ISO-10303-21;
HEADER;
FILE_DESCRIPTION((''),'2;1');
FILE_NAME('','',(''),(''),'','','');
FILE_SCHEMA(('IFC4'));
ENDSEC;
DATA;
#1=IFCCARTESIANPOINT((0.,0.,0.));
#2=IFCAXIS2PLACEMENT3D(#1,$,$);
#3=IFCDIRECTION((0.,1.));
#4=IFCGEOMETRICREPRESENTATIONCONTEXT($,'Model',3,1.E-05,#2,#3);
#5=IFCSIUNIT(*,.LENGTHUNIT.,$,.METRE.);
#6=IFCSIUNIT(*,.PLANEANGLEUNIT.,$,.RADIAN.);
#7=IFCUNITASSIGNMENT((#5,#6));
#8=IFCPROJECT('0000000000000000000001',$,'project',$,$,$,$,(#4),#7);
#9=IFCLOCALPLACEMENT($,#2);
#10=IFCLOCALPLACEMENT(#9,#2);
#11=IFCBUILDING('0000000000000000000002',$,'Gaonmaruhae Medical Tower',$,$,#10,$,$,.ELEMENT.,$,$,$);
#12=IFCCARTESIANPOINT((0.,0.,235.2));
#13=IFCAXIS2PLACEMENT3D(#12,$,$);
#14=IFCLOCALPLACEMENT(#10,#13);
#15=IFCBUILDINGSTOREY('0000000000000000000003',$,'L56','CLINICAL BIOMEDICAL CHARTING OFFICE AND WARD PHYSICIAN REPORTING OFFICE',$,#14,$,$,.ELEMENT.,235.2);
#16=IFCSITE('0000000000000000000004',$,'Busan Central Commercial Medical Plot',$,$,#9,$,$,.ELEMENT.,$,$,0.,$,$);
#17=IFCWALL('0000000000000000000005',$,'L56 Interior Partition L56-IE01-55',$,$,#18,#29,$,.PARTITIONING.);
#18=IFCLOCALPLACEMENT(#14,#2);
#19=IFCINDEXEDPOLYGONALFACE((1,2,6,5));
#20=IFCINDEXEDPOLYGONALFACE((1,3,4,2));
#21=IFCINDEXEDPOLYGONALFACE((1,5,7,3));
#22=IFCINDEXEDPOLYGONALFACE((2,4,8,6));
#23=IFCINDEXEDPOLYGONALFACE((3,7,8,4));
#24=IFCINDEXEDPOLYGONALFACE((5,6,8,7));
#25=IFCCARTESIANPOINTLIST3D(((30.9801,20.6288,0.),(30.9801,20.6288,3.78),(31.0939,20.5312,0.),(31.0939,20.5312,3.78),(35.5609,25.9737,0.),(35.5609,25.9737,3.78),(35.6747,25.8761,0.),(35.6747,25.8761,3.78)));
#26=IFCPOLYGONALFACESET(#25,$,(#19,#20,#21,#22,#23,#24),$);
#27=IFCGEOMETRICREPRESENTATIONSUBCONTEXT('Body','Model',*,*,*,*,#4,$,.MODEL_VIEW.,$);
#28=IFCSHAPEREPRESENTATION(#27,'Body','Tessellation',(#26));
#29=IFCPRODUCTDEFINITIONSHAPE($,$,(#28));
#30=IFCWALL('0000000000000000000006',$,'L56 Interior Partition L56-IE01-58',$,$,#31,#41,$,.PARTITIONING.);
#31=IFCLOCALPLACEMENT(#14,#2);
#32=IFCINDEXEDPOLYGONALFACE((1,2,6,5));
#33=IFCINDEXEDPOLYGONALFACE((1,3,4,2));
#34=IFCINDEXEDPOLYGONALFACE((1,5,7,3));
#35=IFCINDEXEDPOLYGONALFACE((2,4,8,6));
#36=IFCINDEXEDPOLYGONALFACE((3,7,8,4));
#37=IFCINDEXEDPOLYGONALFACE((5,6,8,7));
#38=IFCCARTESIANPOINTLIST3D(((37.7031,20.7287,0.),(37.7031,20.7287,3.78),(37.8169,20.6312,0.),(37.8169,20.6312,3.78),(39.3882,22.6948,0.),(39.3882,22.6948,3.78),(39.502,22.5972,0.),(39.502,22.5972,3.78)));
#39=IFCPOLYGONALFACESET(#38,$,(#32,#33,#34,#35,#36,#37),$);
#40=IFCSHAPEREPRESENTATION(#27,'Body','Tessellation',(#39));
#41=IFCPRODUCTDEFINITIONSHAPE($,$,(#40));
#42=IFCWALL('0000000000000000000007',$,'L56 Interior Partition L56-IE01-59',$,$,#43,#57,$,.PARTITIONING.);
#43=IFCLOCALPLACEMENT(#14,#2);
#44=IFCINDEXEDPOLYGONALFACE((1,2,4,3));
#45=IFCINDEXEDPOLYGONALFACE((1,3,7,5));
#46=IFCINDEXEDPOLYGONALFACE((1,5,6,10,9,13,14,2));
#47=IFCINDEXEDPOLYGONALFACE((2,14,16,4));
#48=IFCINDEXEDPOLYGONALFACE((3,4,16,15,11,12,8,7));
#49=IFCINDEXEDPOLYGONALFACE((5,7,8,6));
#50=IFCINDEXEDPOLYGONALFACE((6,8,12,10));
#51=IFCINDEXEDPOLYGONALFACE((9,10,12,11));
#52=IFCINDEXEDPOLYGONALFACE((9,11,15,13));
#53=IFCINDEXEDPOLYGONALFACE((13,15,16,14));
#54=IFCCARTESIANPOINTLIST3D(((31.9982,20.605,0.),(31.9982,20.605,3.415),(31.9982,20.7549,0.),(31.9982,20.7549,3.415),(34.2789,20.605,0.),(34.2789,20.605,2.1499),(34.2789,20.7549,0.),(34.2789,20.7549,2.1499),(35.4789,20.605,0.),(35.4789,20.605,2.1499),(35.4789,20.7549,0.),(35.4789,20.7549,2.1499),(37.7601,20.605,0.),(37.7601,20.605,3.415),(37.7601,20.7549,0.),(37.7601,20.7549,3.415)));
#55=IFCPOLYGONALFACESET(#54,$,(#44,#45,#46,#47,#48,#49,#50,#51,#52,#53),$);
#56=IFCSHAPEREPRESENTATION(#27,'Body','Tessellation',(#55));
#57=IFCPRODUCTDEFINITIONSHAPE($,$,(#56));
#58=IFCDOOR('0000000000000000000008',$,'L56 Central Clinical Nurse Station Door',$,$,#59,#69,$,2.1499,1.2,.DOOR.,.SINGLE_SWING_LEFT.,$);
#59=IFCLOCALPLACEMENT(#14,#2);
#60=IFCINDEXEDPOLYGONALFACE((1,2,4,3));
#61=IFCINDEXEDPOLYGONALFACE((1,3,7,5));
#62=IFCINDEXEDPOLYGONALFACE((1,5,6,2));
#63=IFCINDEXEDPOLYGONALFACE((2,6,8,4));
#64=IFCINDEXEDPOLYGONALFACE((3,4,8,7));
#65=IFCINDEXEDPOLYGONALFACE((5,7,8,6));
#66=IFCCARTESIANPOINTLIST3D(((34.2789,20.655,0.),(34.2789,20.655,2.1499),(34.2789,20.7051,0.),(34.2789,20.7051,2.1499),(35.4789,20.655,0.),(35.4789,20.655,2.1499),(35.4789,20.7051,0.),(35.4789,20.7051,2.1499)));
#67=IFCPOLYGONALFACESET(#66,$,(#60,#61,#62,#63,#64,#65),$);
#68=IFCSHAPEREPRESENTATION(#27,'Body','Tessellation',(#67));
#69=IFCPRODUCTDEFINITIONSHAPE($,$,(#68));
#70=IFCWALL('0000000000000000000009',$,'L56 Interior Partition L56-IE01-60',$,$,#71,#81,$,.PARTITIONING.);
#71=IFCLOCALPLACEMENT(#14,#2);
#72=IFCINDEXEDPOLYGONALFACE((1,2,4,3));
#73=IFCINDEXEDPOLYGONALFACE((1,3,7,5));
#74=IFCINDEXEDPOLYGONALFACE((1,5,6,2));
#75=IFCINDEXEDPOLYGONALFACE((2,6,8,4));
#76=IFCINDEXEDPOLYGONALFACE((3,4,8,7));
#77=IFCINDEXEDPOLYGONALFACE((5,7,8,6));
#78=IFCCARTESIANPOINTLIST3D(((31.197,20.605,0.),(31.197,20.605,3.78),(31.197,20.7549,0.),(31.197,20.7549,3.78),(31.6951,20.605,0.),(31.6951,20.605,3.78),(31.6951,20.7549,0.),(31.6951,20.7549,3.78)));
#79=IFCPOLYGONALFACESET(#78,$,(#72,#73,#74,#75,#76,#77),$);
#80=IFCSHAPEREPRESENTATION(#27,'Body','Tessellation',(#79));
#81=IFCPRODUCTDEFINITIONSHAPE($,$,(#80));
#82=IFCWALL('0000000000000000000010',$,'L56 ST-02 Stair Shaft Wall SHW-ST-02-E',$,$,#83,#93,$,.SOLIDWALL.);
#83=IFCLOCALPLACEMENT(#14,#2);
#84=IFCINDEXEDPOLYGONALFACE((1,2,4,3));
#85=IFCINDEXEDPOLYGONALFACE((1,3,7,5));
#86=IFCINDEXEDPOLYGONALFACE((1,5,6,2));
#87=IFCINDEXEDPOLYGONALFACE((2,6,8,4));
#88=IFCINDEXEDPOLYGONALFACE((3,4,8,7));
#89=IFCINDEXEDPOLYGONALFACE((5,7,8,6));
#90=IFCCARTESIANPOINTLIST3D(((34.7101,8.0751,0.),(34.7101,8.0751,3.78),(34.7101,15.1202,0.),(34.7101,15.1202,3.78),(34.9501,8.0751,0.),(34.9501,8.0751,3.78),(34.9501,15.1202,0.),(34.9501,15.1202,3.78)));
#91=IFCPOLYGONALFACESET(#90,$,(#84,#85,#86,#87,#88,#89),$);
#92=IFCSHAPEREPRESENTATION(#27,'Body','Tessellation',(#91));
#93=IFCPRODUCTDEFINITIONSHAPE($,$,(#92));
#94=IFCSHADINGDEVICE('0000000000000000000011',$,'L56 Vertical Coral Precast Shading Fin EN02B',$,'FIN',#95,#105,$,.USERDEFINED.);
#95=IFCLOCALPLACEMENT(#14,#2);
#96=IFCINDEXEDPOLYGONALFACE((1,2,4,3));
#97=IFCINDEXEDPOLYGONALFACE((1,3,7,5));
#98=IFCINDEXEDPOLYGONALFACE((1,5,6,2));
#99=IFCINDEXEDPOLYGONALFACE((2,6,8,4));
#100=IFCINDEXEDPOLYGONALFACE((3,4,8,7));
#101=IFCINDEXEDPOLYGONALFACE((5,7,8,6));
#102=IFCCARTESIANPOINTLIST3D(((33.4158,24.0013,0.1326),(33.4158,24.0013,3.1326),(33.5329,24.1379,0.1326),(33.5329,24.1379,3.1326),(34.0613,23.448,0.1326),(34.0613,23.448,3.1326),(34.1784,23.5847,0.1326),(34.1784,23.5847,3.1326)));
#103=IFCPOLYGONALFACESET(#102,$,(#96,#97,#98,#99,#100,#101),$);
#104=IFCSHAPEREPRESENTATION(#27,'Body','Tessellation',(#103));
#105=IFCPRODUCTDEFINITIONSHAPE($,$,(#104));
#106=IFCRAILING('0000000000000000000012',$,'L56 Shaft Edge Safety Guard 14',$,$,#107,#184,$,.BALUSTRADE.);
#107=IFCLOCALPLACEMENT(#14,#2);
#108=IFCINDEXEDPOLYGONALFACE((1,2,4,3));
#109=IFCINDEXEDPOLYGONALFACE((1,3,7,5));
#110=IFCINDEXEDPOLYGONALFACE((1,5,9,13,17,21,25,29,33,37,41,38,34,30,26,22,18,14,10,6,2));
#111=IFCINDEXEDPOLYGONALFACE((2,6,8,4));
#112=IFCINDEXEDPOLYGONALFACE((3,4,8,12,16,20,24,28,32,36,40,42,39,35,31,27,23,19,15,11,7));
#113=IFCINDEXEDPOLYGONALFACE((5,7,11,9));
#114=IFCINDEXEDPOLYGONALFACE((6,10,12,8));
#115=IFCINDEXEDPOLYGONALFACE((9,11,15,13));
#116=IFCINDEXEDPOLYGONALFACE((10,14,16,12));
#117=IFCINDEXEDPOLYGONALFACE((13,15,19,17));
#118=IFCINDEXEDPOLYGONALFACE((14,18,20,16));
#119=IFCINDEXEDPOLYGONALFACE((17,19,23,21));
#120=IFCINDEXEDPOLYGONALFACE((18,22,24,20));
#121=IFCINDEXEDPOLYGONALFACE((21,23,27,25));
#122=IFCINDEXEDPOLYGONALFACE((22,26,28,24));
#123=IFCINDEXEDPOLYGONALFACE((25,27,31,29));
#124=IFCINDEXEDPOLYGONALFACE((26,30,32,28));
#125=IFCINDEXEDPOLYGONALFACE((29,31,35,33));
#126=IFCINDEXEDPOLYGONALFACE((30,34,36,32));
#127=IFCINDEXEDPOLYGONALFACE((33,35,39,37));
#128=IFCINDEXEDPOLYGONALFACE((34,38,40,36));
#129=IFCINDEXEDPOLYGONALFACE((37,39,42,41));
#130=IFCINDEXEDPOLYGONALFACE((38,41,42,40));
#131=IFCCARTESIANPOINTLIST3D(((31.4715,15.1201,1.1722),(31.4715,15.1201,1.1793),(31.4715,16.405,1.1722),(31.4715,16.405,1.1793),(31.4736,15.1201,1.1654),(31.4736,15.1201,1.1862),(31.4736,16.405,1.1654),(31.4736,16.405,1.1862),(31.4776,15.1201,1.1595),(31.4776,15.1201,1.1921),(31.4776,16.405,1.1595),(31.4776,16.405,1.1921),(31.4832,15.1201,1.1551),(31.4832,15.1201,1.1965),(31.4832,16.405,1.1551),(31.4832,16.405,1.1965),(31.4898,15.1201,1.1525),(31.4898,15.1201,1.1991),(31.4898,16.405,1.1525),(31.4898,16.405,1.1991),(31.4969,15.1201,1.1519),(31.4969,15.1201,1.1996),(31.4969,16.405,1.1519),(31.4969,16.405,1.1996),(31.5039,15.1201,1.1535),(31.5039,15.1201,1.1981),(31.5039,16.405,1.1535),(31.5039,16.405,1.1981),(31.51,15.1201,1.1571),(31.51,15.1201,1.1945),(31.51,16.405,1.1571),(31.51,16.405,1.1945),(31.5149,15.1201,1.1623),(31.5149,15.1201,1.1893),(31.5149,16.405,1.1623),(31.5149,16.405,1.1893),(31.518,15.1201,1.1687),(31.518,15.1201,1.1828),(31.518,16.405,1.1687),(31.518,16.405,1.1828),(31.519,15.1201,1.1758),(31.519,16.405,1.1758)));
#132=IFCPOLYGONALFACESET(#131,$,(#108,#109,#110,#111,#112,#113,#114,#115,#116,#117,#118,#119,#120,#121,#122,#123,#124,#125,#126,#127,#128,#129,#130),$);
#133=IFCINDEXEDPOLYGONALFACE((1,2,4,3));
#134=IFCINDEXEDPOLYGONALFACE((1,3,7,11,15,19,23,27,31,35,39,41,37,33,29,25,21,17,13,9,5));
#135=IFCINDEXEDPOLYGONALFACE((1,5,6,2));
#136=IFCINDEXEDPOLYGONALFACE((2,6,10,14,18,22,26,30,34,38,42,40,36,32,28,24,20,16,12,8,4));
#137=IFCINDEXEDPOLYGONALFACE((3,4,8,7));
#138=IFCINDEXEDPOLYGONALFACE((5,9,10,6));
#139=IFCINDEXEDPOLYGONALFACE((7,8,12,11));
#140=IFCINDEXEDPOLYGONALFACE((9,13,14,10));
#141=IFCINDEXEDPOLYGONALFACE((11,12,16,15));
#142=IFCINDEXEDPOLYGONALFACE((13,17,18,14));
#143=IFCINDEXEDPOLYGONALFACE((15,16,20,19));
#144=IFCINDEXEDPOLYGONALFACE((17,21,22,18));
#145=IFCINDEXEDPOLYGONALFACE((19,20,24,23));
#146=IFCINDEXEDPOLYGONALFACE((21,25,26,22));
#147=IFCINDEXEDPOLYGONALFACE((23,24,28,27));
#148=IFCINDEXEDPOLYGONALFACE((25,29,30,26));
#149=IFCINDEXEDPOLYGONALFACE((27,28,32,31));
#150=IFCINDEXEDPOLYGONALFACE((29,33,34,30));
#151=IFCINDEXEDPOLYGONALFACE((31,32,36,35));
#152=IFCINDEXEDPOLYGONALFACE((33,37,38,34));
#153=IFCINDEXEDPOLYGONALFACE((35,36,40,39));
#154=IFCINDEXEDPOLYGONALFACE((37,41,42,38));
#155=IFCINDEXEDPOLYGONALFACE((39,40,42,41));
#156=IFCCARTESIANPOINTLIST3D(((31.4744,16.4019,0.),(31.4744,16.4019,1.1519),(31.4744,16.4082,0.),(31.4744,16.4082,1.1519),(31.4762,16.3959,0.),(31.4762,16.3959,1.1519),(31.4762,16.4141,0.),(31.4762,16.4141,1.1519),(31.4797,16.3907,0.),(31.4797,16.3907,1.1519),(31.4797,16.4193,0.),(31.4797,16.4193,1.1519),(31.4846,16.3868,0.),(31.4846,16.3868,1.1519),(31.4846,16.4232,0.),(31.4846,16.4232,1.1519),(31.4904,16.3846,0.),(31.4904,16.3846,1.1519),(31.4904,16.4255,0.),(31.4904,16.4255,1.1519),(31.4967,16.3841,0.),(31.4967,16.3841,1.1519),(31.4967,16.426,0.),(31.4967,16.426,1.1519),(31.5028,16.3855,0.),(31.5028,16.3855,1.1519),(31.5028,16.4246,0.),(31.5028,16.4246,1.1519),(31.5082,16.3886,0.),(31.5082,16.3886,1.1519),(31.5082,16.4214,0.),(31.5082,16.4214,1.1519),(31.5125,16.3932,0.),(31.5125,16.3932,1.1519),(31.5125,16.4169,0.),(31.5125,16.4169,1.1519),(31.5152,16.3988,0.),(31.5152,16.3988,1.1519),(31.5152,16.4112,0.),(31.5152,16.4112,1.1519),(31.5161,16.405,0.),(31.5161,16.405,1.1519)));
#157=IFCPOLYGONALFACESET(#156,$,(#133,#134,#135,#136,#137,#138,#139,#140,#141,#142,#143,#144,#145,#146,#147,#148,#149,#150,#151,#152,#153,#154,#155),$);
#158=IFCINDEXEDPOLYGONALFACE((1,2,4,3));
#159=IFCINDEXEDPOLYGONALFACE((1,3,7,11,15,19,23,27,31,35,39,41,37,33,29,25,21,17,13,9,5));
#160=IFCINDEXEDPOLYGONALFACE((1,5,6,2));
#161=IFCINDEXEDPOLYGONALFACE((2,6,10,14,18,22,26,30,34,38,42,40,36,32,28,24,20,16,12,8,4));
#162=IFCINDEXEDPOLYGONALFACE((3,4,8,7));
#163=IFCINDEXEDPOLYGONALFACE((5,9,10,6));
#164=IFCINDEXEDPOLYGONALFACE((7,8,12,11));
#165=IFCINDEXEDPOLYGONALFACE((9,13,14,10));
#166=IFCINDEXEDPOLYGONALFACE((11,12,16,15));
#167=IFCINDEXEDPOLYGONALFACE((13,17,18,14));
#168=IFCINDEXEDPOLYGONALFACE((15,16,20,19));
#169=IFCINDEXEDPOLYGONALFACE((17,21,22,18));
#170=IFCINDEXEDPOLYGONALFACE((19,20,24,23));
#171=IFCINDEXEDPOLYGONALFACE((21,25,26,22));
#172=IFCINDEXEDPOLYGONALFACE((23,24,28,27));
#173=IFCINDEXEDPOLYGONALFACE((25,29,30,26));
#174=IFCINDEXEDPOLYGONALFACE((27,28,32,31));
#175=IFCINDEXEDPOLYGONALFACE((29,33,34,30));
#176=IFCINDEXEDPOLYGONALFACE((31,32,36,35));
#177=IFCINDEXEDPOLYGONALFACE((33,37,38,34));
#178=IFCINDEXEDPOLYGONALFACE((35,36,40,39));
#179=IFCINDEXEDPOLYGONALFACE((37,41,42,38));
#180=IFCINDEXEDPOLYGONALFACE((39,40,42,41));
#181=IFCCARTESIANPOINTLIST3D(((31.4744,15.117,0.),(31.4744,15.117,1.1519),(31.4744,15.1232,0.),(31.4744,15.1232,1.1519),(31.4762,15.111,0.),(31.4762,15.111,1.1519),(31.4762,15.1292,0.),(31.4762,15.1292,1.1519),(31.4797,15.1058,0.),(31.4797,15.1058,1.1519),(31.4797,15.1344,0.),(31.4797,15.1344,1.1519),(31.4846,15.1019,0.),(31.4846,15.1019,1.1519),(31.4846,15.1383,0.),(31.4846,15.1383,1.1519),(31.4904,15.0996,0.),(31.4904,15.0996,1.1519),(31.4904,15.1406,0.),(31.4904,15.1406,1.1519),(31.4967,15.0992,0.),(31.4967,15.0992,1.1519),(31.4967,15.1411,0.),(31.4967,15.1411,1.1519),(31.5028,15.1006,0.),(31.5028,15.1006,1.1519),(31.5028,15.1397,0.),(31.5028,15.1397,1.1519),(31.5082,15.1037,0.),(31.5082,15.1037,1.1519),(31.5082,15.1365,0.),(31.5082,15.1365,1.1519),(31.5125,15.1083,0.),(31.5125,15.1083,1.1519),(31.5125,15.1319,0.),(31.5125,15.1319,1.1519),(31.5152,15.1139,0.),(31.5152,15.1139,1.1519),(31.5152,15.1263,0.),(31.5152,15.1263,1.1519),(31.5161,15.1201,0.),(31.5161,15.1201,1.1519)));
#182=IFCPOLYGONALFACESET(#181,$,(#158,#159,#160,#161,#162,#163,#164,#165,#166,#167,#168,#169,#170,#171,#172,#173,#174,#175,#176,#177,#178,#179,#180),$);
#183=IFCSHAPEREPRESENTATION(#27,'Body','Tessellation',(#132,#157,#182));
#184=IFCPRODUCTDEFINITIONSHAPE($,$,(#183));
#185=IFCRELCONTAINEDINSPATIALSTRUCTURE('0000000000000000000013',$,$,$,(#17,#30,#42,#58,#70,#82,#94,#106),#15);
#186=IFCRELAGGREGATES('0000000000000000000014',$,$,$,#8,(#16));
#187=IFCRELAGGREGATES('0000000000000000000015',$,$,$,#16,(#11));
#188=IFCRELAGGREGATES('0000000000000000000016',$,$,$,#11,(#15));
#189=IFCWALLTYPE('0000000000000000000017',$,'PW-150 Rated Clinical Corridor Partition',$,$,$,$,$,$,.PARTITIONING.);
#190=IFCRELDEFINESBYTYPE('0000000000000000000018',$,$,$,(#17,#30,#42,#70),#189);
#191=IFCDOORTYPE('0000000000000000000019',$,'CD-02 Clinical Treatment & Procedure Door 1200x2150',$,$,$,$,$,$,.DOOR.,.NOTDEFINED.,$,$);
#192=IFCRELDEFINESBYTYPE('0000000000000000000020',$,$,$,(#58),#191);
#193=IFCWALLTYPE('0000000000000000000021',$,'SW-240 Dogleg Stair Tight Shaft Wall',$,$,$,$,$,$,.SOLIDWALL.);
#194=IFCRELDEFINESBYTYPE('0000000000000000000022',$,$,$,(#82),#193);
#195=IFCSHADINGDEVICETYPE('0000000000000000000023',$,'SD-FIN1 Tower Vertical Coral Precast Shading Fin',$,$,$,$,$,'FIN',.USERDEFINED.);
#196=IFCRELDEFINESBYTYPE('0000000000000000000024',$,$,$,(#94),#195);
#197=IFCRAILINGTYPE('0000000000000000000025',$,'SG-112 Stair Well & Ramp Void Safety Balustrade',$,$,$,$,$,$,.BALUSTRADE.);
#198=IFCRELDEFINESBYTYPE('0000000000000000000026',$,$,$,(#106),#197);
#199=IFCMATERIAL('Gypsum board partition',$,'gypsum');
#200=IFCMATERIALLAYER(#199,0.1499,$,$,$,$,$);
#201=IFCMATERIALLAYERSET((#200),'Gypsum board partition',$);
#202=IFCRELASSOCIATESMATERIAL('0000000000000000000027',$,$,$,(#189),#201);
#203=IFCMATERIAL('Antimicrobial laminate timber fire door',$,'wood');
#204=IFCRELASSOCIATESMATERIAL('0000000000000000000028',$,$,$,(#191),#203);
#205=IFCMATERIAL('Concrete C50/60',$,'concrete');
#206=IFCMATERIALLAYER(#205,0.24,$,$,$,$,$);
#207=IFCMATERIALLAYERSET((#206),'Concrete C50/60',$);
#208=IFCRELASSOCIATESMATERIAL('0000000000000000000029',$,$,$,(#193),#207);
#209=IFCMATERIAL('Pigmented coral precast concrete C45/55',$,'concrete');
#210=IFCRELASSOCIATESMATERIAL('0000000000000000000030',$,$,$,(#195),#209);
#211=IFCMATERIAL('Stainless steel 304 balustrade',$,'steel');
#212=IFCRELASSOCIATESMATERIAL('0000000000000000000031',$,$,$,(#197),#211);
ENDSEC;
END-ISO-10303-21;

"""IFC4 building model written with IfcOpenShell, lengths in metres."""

from ifc_helpers import new_model, si_unit, direction, frame, frame_2d, origin, origin_2d, place, context, subcontext, project, spatial, rectangle, circle, extrude, material, layer, layer_set, type_object, element, fill, save


model = new_model("IFC4")

# Units and contexts
model_context = context("Model", 3, precision=1e-05, world=origin(), true_north=direction((0.0, 1.0)))
body_context = subcontext(model_context, "Body", "Model", "MODEL_VIEW")
ifc_project = project(units=[si_unit("LENGTHUNIT", "METRE"), si_unit("PLANEANGLEUNIT", "RADIAN")], contexts=[model_context])

# Site, building, storey
site_placement = place(None, origin())
site = spatial("IfcSite", under=ifc_project, at=site_placement, Name="Busan Central Commercial Medical Plot", CompositionType="ELEMENT", RefElevation=0.0)
building_placement = place(site_placement, origin())
building = spatial("IfcBuilding", under=site, at=building_placement, Name="Gaonmaruhae Medical Tower", CompositionType="ELEMENT")
storey_placement = place(building_placement, frame((0.0, 0.0, 235.2)))
storey = spatial("IfcBuildingStorey", under=building, at=storey_placement, Name="L56", Description="CLINICAL BIOMEDICAL CHARTING OFFICE AND WARD PHYSICIAN REPORTING OFFICE", CompositionType="ELEMENT", Elevation=235.2)

# Shared definitions
ifc_material_1 = material(Name="Concrete C50/60", Category="concrete")

# Shared definitions
ifc_material_2 = material(Name="Gypsum board partition", Category="gypsum")
ifc_layer_1 = layer(ifc_material_2, 0.1499)
ifc_layer_set_1 = layer_set([ifc_layer_1], Name="Gypsum board partition")
wall_type_1 = type_object("IfcWallType", Name="PW-150 Rated Clinical Corridor Partition", PredefinedType="PARTITIONING", material=ifc_layer_set_1)

# Shared definitions
ifc_material_3 = material(Name="Antimicrobial laminate timber fire door", Category="wood")
door_type_1 = type_object("IfcDoorType", Name="CD-02 Clinical Treatment & Procedure Door 1200x2150", OperationType="NOTDEFINED", PredefinedType="DOOR", material=ifc_material_3)

# Walls
wall_1_placement = place(storey_placement, frame((31.0371, 20.5801, 0.0), z_axis=(0.0, 0.0, 1.0), x_axis=(0.650743, 0.759298, 0.0)))
element("IfcWall", 1, at=wall_1_placement, inside=storey, type_object=wall_type_1, Name="L56 Interior Partition L56-IE01-55", PredefinedType="PARTITIONING", context=body_context, shape_type="SweptSolid", body=[
    extrude(rectangle(XDim=7.0393, YDim=0.1499, at=frame_2d((3.5195, 0.0))), origin(), (0.0, 0.0, 1.0), 3.78),
])
wall_2_placement = place(storey_placement, frame((39.4451, 22.646, 0.0), z_axis=(0.0, 0.0, 1.0), x_axis=(-0.65076, -0.759283, 0.0)))
element("IfcWall", 2, at=wall_2_placement, inside=storey, type_object=wall_type_1, Name="L56 Interior Partition L56-IE01-58", PredefinedType="PARTITIONING", context=body_context, shape_type="SweptSolid", body=[
    extrude(rectangle(XDim=2.5894, YDim=0.1499, at=frame_2d((1.2947, 0.0))), origin(), (0.0, 0.0, 1.0), 3.78),
])

# Wall, opening, door
wall_3_placement = place(storey_placement, frame((37.76, 20.6799, 0.0), z_axis=(0.0, 0.0, 1.0), x_axis=(-1.0, 0.0, 0.0)))
wall_3 = element("IfcWall", 3, at=wall_3_placement, inside=storey, type_object=wall_type_1, Name="L56 Interior Partition L56-IE01-59", PredefinedType="PARTITIONING", context=body_context, shape_type="SweptSolid", body=[
    extrude(rectangle(XDim=5.762, YDim=0.1499, at=frame_2d((2.8809, 0.0))), origin(), (0.0, 0.0, 1.0), 3.415),
])
opening_1_placement = place(wall_3_placement, frame((2.281, 0.0, 0.0)))
opening_1 = element("IfcOpeningElement", 4, at=opening_1_placement, cuts=wall_3, PredefinedType="OPENING", context=body_context, shape_type="SweptSolid", body=[
    extrude(rectangle(XDim=1.2, YDim=2.1499, at=frame_2d((0.6001, 1.075))), frame((0.0, 0.085, 0.0), z_axis=(0.0, -1.0, 0.0), x_axis=(1.0, 0.0, 0.0)), (0.0, 0.0, 1.0), 0.1699),
])
door_1_placement = place(opening_1_placement, origin())
door_1 = element("IfcDoor", 5, at=door_1_placement, inside=storey, type_object=door_type_1, Name="L56 Central Clinical Nurse Station Door", OperationType="SINGLE_SWING_LEFT", OverallHeight=2.1499, OverallWidth=1.2, PredefinedType="DOOR", context=body_context, shape_type="SweptSolid", body=[
    extrude(rectangle(XDim=1.2, YDim=2.1499, at=frame_2d((0.6001, 1.075))), frame((0.0, 0.0249, 0.0), z_axis=(0.0, -1.0, 0.0), x_axis=(1.0, 0.0, 0.0)), (0.0, 0.0, 1.0), 0.05),
])
fill(opening_1, door_1)

# Wall
wall_4_placement = place(storey_placement, frame((31.6951, 20.6799, 0.0), z_axis=(0.0, 0.0, 1.0), x_axis=(-1.0, 0.0, 0.0)))
element("IfcWall", 6, at=wall_4_placement, inside=storey, type_object=wall_type_1, Name="L56 Interior Partition L56-IE01-60", PredefinedType="PARTITIONING", context=body_context, shape_type="SweptSolid", body=[
    extrude(rectangle(XDim=0.498, YDim=0.1499, at=frame_2d((0.249, 0.0))), origin(), (0.0, 0.0, 1.0), 3.78),
])

# Shared definitions
ifc_layer_2 = layer(ifc_material_1, 0.24)
ifc_layer_set_2 = layer_set([ifc_layer_2], Name="Concrete C50/60")
wall_type_2 = type_object("IfcWallType", Name="SW-240 Dogleg Stair Tight Shaft Wall", PredefinedType="SOLIDWALL", material=ifc_layer_set_2)

# Wall
wall_5_placement = place(storey_placement, frame((34.8301, 15.1201, 0.0), z_axis=(0.0, 0.0, 1.0), x_axis=(0.0, -1.0, 0.0)))
element("IfcWall", 7, at=wall_5_placement, inside=storey, type_object=wall_type_2, Name="L56 ST-02 Stair Shaft Wall SHW-ST-02-E", PredefinedType="SOLIDWALL", context=body_context, shape_type="SweptSolid", body=[
    extrude(rectangle(XDim=7.0452, YDim=0.24, at=frame_2d((3.5225, 0.0))), origin(), (0.0, 0.0, 1.0), 3.78),
])

# Shading device
ifc_material_4 = material(Name="Pigmented coral precast concrete C45/55", Category="concrete")
shading_device_type = type_object("IfcShadingDeviceType", Name="SD-FIN1 Tower Vertical Coral Precast Shading Fin", ElementType="FIN", PredefinedType="USERDEFINED", material=ifc_material_4)
shading_device_placement = place(storey_placement, frame((33.7971, 23.793, 0.1326), z_axis=(0.0, 0.0, 1.0), x_axis=(0.650774, 0.759271, 0.0)))
element("IfcShadingDevice", 8, at=shading_device_placement, inside=storey, type_object=shading_device_type, Name="L56 Vertical Coral Precast Shading Fin EN02B", ObjectType="FIN", PredefinedType="USERDEFINED", context=body_context, shape_type="SweptSolid", body=[
    extrude(rectangle(XDim=0.1799, YDim=0.8501, at=origin_2d()), origin(), (0.0, 0.0, 1.0), 3.0),
])

# Railing
ifc_material_5 = material(Name="Stainless steel 304 balustrade", Category="steel")
railing_type = type_object("IfcRailingType", Name="SG-112 Stair Well & Ramp Void Safety Balustrade", PredefinedType="BALUSTRADE", material=ifc_material_5)
railing_placement = place(storey_placement, frame((31.4951, 16.405, 0.0)))
element("IfcRailing", 9, at=railing_placement, inside=storey, type_object=railing_type, Name="L56 Shaft Edge Safety Guard 14", PredefinedType="BALUSTRADE", context=body_context, shape_type="SweptSolid", body=[
    extrude(circle(Radius=0.0239, at=origin_2d()), frame((0.0, 0.0, 1.1758), z_axis=(0.0, -1.0, 0.0), x_axis=(1.0, 0.0, 0.0)), (0.0, 0.0, 1.0), 1.2849),
    extrude(circle(Radius=0.021, at=origin_2d()), origin(), (0.0, 0.0, 1.0), 1.1519),
    extrude(circle(Radius=0.021, at=origin_2d()), frame((0.0, -1.2849, 0.0)), (0.0, 0.0, 1.0), 1.1519),
])

save(model, "model.ifc")
